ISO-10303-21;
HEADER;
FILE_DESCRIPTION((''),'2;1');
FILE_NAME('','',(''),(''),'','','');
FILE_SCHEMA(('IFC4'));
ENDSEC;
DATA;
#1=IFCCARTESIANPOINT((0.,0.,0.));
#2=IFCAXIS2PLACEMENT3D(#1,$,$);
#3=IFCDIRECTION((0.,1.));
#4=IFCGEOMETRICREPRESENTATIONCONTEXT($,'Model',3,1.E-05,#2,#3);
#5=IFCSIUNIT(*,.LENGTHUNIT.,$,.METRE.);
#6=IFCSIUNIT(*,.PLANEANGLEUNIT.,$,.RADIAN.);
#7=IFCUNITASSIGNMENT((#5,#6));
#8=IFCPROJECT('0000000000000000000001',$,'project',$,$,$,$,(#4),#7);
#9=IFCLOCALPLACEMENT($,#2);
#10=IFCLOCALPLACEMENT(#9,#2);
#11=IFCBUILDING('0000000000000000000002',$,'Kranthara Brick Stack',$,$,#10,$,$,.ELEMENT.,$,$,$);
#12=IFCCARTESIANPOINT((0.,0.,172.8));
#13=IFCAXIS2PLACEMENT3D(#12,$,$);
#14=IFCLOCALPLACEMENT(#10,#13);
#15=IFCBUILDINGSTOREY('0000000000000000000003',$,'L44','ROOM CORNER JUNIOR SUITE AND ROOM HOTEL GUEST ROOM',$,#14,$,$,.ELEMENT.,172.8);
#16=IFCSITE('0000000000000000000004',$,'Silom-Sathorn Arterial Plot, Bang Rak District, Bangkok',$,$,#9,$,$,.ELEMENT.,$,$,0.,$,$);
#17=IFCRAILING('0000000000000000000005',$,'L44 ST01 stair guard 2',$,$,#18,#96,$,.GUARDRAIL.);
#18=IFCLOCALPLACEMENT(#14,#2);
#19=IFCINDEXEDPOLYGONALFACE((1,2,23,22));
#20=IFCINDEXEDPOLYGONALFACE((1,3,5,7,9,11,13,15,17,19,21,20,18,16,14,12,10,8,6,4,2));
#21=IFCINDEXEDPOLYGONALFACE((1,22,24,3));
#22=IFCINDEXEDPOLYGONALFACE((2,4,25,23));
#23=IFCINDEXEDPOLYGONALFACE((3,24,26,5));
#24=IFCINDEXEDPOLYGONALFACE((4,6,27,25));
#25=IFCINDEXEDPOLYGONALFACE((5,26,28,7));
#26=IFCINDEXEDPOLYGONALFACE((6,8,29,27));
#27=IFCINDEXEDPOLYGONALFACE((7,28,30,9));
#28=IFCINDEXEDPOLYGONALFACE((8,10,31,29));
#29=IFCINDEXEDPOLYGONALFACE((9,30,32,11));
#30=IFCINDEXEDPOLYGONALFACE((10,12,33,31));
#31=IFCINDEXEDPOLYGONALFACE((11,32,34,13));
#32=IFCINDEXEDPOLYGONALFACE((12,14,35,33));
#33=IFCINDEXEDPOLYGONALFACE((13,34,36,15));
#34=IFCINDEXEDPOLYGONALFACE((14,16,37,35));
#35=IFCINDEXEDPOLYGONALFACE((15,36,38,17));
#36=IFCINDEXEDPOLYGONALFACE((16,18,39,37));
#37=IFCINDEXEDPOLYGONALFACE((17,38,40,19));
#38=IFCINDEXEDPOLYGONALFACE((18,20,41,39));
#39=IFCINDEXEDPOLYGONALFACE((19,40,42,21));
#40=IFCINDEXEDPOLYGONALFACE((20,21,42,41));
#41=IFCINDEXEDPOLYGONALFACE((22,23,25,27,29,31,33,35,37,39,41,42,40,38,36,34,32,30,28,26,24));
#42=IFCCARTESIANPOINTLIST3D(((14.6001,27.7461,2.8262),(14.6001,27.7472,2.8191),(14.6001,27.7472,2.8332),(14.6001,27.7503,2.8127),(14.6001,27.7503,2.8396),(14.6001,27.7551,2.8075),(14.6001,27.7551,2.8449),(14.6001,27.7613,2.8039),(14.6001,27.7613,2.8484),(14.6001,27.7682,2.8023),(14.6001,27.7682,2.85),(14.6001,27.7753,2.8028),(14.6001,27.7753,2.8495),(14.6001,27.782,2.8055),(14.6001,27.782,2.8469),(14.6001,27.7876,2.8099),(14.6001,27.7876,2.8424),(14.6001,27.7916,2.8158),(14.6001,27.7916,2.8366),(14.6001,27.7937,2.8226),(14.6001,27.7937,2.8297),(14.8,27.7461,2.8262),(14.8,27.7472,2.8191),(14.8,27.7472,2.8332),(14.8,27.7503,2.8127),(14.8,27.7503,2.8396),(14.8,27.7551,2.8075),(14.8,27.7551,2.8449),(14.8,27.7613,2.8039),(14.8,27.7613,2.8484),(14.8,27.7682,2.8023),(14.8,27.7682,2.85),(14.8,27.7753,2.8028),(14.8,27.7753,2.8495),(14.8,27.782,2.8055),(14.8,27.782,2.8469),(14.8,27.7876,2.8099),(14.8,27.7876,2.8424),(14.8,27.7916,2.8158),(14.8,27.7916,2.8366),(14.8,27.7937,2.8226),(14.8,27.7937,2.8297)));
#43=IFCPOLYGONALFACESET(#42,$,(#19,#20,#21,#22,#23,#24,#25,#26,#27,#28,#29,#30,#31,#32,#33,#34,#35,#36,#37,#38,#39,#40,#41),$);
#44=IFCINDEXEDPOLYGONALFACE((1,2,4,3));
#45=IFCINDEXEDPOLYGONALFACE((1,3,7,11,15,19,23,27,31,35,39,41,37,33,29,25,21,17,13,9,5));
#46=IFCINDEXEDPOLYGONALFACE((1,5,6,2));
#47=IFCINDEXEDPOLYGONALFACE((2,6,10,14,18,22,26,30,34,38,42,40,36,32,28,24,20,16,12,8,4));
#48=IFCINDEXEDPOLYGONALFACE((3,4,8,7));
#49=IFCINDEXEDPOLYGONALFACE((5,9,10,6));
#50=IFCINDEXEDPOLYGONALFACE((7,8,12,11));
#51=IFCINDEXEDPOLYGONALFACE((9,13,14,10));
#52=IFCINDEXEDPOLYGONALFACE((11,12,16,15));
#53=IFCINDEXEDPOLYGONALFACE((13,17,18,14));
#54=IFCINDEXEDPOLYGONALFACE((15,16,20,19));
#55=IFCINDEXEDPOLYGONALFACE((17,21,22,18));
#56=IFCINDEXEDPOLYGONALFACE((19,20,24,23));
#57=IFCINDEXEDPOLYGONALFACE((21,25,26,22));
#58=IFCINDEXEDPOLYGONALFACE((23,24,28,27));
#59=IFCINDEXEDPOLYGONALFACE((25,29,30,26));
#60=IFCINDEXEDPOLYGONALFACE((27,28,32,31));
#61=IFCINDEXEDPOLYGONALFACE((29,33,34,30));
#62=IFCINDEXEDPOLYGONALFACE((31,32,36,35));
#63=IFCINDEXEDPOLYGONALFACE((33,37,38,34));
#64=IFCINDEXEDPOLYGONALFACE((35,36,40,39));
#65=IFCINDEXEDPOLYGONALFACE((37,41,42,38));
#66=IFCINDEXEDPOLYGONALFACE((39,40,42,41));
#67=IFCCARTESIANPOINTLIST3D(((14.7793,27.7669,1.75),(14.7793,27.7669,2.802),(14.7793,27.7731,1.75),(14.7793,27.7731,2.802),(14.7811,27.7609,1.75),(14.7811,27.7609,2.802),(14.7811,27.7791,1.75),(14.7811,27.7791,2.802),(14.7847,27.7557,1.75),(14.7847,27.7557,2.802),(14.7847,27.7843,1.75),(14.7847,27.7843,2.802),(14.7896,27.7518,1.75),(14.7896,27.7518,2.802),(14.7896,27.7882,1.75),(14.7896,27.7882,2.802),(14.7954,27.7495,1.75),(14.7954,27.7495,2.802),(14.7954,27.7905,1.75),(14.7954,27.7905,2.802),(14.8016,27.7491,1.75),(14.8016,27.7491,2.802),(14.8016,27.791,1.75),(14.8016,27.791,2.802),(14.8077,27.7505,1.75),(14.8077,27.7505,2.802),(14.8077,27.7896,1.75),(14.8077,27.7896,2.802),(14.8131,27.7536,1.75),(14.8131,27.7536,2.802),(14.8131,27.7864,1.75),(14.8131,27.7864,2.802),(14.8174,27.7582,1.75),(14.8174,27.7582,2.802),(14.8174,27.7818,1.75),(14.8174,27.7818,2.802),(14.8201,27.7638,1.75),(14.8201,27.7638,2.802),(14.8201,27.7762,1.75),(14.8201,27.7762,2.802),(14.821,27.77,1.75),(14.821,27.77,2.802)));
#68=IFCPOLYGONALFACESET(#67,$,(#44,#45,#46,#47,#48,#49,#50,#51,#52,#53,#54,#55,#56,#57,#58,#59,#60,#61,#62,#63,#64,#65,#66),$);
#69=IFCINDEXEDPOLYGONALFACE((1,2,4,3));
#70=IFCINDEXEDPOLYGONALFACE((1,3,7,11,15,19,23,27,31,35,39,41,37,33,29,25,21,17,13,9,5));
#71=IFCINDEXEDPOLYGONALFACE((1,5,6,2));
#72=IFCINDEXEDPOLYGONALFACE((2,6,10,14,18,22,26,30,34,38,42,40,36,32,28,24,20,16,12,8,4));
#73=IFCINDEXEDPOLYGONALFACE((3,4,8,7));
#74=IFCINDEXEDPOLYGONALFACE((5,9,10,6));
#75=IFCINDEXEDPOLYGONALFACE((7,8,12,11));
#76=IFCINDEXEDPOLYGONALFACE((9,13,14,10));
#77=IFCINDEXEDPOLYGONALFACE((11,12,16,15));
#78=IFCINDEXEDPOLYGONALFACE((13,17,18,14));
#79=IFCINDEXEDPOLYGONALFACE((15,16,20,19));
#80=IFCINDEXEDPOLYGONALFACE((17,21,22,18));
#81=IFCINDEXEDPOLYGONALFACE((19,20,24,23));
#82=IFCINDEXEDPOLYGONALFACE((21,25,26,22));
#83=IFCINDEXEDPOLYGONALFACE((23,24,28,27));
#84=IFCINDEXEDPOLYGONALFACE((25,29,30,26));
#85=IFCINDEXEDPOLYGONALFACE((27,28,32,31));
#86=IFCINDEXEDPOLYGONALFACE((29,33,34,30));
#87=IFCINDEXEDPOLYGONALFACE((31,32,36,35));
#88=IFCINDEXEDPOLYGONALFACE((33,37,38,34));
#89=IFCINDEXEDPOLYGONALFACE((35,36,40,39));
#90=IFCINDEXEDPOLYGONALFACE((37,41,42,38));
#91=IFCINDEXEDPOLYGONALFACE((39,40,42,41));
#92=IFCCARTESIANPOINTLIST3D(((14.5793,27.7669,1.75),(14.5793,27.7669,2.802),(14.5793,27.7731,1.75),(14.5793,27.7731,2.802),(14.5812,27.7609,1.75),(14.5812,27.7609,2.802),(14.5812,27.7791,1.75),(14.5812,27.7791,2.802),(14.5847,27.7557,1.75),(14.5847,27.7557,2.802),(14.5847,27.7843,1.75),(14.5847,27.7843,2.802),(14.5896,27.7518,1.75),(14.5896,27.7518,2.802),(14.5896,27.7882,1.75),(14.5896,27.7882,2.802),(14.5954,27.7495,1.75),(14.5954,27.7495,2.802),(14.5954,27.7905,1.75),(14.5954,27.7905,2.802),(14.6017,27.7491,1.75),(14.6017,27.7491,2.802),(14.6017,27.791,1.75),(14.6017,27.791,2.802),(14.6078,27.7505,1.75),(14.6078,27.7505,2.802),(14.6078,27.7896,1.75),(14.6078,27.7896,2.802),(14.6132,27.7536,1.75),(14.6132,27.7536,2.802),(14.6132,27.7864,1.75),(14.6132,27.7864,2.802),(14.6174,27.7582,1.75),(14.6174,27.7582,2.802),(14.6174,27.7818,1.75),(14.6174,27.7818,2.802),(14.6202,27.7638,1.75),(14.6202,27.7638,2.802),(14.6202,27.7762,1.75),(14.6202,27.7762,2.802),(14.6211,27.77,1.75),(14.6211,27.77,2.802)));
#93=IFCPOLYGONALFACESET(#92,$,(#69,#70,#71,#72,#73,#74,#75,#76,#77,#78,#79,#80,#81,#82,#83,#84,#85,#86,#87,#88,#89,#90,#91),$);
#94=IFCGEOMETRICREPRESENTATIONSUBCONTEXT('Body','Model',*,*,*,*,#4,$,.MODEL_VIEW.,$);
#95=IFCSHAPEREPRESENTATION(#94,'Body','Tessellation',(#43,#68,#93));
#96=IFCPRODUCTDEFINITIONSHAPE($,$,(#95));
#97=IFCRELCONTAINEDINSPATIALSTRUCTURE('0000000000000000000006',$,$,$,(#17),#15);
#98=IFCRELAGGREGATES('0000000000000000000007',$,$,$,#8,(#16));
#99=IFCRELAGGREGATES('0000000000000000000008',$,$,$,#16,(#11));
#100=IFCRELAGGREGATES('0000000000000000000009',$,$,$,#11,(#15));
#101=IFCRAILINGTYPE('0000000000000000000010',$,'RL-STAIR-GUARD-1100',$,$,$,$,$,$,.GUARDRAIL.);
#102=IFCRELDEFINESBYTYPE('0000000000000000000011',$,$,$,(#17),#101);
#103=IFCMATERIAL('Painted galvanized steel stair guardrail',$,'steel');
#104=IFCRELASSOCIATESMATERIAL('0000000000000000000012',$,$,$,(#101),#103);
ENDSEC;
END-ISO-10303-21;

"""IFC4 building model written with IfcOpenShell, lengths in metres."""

from ifc_helpers import new_model, si_unit, direction, frame, origin, origin_2d, place, context, subcontext, project, spatial, circle, extrude, material, type_object, element, save


model = new_model("IFC4")

# Units and contexts
model_context = context("Model", 3, precision=1e-05, world=origin(), true_north=direction((0.0, 1.0)))
body_context = subcontext(model_context, "Body", "Model", "MODEL_VIEW")
ifc_project = project(units=[si_unit("LENGTHUNIT", "METRE"), si_unit("PLANEANGLEUNIT", "RADIAN")], contexts=[model_context])

# Site, building, storey
site_placement = place(None, origin())
site = spatial("IfcSite", under=ifc_project, at=site_placement, Name="Silom-Sathorn Arterial Plot, Bang Rak District, Bangkok", CompositionType="ELEMENT", RefElevation=0.0)
building_placement = place(site_placement, origin())
building = spatial("IfcBuilding", under=site, at=building_placement, Name="Kranthara Brick Stack", CompositionType="ELEMENT")
storey_placement = place(building_placement, frame((0.0, 0.0, 172.8)))
storey = spatial("IfcBuildingStorey", under=building, at=storey_placement, Name="L44", Description="ROOM CORNER JUNIOR SUITE AND ROOM HOTEL GUEST ROOM", CompositionType="ELEMENT", Elevation=172.8)

# Railing
ifc_material_1 = material(Name="Painted galvanized steel stair guardrail", Category="steel")
railing_type_1 = type_object("IfcRailingType", Name="RL-STAIR-GUARD-1100", PredefinedType="GUARDRAIL", material=ifc_material_1)
railing_1_placement = place(storey_placement, frame((14.8, 27.77, 1.75)))
element("IfcRailing", 1, at=railing_1_placement, inside=storey, type_object=railing_type_1, Name="L44 ST01 stair guard 2", PredefinedType="GUARDRAIL", context=body_context, shape_type="SweptSolid", body=[
    extrude(circle(Radius=0.0239, at=origin_2d()), frame((0.0, 0.0, 1.0762), z_axis=(-1.0, 0.0, 0.0), x_axis=(0.0, -1.0, 0.0)), (0.0, 0.0, 1.0), 0.2),
    extrude(circle(Radius=0.021, at=origin_2d()), origin(), (0.0, 0.0, 1.0), 1.052),
    extrude(circle(Radius=0.021, at=origin_2d()), frame((-0.2, 0.0, 0.0)), (0.0, 0.0, 1.0), 1.052),
])

save(model, "model.ifc")
